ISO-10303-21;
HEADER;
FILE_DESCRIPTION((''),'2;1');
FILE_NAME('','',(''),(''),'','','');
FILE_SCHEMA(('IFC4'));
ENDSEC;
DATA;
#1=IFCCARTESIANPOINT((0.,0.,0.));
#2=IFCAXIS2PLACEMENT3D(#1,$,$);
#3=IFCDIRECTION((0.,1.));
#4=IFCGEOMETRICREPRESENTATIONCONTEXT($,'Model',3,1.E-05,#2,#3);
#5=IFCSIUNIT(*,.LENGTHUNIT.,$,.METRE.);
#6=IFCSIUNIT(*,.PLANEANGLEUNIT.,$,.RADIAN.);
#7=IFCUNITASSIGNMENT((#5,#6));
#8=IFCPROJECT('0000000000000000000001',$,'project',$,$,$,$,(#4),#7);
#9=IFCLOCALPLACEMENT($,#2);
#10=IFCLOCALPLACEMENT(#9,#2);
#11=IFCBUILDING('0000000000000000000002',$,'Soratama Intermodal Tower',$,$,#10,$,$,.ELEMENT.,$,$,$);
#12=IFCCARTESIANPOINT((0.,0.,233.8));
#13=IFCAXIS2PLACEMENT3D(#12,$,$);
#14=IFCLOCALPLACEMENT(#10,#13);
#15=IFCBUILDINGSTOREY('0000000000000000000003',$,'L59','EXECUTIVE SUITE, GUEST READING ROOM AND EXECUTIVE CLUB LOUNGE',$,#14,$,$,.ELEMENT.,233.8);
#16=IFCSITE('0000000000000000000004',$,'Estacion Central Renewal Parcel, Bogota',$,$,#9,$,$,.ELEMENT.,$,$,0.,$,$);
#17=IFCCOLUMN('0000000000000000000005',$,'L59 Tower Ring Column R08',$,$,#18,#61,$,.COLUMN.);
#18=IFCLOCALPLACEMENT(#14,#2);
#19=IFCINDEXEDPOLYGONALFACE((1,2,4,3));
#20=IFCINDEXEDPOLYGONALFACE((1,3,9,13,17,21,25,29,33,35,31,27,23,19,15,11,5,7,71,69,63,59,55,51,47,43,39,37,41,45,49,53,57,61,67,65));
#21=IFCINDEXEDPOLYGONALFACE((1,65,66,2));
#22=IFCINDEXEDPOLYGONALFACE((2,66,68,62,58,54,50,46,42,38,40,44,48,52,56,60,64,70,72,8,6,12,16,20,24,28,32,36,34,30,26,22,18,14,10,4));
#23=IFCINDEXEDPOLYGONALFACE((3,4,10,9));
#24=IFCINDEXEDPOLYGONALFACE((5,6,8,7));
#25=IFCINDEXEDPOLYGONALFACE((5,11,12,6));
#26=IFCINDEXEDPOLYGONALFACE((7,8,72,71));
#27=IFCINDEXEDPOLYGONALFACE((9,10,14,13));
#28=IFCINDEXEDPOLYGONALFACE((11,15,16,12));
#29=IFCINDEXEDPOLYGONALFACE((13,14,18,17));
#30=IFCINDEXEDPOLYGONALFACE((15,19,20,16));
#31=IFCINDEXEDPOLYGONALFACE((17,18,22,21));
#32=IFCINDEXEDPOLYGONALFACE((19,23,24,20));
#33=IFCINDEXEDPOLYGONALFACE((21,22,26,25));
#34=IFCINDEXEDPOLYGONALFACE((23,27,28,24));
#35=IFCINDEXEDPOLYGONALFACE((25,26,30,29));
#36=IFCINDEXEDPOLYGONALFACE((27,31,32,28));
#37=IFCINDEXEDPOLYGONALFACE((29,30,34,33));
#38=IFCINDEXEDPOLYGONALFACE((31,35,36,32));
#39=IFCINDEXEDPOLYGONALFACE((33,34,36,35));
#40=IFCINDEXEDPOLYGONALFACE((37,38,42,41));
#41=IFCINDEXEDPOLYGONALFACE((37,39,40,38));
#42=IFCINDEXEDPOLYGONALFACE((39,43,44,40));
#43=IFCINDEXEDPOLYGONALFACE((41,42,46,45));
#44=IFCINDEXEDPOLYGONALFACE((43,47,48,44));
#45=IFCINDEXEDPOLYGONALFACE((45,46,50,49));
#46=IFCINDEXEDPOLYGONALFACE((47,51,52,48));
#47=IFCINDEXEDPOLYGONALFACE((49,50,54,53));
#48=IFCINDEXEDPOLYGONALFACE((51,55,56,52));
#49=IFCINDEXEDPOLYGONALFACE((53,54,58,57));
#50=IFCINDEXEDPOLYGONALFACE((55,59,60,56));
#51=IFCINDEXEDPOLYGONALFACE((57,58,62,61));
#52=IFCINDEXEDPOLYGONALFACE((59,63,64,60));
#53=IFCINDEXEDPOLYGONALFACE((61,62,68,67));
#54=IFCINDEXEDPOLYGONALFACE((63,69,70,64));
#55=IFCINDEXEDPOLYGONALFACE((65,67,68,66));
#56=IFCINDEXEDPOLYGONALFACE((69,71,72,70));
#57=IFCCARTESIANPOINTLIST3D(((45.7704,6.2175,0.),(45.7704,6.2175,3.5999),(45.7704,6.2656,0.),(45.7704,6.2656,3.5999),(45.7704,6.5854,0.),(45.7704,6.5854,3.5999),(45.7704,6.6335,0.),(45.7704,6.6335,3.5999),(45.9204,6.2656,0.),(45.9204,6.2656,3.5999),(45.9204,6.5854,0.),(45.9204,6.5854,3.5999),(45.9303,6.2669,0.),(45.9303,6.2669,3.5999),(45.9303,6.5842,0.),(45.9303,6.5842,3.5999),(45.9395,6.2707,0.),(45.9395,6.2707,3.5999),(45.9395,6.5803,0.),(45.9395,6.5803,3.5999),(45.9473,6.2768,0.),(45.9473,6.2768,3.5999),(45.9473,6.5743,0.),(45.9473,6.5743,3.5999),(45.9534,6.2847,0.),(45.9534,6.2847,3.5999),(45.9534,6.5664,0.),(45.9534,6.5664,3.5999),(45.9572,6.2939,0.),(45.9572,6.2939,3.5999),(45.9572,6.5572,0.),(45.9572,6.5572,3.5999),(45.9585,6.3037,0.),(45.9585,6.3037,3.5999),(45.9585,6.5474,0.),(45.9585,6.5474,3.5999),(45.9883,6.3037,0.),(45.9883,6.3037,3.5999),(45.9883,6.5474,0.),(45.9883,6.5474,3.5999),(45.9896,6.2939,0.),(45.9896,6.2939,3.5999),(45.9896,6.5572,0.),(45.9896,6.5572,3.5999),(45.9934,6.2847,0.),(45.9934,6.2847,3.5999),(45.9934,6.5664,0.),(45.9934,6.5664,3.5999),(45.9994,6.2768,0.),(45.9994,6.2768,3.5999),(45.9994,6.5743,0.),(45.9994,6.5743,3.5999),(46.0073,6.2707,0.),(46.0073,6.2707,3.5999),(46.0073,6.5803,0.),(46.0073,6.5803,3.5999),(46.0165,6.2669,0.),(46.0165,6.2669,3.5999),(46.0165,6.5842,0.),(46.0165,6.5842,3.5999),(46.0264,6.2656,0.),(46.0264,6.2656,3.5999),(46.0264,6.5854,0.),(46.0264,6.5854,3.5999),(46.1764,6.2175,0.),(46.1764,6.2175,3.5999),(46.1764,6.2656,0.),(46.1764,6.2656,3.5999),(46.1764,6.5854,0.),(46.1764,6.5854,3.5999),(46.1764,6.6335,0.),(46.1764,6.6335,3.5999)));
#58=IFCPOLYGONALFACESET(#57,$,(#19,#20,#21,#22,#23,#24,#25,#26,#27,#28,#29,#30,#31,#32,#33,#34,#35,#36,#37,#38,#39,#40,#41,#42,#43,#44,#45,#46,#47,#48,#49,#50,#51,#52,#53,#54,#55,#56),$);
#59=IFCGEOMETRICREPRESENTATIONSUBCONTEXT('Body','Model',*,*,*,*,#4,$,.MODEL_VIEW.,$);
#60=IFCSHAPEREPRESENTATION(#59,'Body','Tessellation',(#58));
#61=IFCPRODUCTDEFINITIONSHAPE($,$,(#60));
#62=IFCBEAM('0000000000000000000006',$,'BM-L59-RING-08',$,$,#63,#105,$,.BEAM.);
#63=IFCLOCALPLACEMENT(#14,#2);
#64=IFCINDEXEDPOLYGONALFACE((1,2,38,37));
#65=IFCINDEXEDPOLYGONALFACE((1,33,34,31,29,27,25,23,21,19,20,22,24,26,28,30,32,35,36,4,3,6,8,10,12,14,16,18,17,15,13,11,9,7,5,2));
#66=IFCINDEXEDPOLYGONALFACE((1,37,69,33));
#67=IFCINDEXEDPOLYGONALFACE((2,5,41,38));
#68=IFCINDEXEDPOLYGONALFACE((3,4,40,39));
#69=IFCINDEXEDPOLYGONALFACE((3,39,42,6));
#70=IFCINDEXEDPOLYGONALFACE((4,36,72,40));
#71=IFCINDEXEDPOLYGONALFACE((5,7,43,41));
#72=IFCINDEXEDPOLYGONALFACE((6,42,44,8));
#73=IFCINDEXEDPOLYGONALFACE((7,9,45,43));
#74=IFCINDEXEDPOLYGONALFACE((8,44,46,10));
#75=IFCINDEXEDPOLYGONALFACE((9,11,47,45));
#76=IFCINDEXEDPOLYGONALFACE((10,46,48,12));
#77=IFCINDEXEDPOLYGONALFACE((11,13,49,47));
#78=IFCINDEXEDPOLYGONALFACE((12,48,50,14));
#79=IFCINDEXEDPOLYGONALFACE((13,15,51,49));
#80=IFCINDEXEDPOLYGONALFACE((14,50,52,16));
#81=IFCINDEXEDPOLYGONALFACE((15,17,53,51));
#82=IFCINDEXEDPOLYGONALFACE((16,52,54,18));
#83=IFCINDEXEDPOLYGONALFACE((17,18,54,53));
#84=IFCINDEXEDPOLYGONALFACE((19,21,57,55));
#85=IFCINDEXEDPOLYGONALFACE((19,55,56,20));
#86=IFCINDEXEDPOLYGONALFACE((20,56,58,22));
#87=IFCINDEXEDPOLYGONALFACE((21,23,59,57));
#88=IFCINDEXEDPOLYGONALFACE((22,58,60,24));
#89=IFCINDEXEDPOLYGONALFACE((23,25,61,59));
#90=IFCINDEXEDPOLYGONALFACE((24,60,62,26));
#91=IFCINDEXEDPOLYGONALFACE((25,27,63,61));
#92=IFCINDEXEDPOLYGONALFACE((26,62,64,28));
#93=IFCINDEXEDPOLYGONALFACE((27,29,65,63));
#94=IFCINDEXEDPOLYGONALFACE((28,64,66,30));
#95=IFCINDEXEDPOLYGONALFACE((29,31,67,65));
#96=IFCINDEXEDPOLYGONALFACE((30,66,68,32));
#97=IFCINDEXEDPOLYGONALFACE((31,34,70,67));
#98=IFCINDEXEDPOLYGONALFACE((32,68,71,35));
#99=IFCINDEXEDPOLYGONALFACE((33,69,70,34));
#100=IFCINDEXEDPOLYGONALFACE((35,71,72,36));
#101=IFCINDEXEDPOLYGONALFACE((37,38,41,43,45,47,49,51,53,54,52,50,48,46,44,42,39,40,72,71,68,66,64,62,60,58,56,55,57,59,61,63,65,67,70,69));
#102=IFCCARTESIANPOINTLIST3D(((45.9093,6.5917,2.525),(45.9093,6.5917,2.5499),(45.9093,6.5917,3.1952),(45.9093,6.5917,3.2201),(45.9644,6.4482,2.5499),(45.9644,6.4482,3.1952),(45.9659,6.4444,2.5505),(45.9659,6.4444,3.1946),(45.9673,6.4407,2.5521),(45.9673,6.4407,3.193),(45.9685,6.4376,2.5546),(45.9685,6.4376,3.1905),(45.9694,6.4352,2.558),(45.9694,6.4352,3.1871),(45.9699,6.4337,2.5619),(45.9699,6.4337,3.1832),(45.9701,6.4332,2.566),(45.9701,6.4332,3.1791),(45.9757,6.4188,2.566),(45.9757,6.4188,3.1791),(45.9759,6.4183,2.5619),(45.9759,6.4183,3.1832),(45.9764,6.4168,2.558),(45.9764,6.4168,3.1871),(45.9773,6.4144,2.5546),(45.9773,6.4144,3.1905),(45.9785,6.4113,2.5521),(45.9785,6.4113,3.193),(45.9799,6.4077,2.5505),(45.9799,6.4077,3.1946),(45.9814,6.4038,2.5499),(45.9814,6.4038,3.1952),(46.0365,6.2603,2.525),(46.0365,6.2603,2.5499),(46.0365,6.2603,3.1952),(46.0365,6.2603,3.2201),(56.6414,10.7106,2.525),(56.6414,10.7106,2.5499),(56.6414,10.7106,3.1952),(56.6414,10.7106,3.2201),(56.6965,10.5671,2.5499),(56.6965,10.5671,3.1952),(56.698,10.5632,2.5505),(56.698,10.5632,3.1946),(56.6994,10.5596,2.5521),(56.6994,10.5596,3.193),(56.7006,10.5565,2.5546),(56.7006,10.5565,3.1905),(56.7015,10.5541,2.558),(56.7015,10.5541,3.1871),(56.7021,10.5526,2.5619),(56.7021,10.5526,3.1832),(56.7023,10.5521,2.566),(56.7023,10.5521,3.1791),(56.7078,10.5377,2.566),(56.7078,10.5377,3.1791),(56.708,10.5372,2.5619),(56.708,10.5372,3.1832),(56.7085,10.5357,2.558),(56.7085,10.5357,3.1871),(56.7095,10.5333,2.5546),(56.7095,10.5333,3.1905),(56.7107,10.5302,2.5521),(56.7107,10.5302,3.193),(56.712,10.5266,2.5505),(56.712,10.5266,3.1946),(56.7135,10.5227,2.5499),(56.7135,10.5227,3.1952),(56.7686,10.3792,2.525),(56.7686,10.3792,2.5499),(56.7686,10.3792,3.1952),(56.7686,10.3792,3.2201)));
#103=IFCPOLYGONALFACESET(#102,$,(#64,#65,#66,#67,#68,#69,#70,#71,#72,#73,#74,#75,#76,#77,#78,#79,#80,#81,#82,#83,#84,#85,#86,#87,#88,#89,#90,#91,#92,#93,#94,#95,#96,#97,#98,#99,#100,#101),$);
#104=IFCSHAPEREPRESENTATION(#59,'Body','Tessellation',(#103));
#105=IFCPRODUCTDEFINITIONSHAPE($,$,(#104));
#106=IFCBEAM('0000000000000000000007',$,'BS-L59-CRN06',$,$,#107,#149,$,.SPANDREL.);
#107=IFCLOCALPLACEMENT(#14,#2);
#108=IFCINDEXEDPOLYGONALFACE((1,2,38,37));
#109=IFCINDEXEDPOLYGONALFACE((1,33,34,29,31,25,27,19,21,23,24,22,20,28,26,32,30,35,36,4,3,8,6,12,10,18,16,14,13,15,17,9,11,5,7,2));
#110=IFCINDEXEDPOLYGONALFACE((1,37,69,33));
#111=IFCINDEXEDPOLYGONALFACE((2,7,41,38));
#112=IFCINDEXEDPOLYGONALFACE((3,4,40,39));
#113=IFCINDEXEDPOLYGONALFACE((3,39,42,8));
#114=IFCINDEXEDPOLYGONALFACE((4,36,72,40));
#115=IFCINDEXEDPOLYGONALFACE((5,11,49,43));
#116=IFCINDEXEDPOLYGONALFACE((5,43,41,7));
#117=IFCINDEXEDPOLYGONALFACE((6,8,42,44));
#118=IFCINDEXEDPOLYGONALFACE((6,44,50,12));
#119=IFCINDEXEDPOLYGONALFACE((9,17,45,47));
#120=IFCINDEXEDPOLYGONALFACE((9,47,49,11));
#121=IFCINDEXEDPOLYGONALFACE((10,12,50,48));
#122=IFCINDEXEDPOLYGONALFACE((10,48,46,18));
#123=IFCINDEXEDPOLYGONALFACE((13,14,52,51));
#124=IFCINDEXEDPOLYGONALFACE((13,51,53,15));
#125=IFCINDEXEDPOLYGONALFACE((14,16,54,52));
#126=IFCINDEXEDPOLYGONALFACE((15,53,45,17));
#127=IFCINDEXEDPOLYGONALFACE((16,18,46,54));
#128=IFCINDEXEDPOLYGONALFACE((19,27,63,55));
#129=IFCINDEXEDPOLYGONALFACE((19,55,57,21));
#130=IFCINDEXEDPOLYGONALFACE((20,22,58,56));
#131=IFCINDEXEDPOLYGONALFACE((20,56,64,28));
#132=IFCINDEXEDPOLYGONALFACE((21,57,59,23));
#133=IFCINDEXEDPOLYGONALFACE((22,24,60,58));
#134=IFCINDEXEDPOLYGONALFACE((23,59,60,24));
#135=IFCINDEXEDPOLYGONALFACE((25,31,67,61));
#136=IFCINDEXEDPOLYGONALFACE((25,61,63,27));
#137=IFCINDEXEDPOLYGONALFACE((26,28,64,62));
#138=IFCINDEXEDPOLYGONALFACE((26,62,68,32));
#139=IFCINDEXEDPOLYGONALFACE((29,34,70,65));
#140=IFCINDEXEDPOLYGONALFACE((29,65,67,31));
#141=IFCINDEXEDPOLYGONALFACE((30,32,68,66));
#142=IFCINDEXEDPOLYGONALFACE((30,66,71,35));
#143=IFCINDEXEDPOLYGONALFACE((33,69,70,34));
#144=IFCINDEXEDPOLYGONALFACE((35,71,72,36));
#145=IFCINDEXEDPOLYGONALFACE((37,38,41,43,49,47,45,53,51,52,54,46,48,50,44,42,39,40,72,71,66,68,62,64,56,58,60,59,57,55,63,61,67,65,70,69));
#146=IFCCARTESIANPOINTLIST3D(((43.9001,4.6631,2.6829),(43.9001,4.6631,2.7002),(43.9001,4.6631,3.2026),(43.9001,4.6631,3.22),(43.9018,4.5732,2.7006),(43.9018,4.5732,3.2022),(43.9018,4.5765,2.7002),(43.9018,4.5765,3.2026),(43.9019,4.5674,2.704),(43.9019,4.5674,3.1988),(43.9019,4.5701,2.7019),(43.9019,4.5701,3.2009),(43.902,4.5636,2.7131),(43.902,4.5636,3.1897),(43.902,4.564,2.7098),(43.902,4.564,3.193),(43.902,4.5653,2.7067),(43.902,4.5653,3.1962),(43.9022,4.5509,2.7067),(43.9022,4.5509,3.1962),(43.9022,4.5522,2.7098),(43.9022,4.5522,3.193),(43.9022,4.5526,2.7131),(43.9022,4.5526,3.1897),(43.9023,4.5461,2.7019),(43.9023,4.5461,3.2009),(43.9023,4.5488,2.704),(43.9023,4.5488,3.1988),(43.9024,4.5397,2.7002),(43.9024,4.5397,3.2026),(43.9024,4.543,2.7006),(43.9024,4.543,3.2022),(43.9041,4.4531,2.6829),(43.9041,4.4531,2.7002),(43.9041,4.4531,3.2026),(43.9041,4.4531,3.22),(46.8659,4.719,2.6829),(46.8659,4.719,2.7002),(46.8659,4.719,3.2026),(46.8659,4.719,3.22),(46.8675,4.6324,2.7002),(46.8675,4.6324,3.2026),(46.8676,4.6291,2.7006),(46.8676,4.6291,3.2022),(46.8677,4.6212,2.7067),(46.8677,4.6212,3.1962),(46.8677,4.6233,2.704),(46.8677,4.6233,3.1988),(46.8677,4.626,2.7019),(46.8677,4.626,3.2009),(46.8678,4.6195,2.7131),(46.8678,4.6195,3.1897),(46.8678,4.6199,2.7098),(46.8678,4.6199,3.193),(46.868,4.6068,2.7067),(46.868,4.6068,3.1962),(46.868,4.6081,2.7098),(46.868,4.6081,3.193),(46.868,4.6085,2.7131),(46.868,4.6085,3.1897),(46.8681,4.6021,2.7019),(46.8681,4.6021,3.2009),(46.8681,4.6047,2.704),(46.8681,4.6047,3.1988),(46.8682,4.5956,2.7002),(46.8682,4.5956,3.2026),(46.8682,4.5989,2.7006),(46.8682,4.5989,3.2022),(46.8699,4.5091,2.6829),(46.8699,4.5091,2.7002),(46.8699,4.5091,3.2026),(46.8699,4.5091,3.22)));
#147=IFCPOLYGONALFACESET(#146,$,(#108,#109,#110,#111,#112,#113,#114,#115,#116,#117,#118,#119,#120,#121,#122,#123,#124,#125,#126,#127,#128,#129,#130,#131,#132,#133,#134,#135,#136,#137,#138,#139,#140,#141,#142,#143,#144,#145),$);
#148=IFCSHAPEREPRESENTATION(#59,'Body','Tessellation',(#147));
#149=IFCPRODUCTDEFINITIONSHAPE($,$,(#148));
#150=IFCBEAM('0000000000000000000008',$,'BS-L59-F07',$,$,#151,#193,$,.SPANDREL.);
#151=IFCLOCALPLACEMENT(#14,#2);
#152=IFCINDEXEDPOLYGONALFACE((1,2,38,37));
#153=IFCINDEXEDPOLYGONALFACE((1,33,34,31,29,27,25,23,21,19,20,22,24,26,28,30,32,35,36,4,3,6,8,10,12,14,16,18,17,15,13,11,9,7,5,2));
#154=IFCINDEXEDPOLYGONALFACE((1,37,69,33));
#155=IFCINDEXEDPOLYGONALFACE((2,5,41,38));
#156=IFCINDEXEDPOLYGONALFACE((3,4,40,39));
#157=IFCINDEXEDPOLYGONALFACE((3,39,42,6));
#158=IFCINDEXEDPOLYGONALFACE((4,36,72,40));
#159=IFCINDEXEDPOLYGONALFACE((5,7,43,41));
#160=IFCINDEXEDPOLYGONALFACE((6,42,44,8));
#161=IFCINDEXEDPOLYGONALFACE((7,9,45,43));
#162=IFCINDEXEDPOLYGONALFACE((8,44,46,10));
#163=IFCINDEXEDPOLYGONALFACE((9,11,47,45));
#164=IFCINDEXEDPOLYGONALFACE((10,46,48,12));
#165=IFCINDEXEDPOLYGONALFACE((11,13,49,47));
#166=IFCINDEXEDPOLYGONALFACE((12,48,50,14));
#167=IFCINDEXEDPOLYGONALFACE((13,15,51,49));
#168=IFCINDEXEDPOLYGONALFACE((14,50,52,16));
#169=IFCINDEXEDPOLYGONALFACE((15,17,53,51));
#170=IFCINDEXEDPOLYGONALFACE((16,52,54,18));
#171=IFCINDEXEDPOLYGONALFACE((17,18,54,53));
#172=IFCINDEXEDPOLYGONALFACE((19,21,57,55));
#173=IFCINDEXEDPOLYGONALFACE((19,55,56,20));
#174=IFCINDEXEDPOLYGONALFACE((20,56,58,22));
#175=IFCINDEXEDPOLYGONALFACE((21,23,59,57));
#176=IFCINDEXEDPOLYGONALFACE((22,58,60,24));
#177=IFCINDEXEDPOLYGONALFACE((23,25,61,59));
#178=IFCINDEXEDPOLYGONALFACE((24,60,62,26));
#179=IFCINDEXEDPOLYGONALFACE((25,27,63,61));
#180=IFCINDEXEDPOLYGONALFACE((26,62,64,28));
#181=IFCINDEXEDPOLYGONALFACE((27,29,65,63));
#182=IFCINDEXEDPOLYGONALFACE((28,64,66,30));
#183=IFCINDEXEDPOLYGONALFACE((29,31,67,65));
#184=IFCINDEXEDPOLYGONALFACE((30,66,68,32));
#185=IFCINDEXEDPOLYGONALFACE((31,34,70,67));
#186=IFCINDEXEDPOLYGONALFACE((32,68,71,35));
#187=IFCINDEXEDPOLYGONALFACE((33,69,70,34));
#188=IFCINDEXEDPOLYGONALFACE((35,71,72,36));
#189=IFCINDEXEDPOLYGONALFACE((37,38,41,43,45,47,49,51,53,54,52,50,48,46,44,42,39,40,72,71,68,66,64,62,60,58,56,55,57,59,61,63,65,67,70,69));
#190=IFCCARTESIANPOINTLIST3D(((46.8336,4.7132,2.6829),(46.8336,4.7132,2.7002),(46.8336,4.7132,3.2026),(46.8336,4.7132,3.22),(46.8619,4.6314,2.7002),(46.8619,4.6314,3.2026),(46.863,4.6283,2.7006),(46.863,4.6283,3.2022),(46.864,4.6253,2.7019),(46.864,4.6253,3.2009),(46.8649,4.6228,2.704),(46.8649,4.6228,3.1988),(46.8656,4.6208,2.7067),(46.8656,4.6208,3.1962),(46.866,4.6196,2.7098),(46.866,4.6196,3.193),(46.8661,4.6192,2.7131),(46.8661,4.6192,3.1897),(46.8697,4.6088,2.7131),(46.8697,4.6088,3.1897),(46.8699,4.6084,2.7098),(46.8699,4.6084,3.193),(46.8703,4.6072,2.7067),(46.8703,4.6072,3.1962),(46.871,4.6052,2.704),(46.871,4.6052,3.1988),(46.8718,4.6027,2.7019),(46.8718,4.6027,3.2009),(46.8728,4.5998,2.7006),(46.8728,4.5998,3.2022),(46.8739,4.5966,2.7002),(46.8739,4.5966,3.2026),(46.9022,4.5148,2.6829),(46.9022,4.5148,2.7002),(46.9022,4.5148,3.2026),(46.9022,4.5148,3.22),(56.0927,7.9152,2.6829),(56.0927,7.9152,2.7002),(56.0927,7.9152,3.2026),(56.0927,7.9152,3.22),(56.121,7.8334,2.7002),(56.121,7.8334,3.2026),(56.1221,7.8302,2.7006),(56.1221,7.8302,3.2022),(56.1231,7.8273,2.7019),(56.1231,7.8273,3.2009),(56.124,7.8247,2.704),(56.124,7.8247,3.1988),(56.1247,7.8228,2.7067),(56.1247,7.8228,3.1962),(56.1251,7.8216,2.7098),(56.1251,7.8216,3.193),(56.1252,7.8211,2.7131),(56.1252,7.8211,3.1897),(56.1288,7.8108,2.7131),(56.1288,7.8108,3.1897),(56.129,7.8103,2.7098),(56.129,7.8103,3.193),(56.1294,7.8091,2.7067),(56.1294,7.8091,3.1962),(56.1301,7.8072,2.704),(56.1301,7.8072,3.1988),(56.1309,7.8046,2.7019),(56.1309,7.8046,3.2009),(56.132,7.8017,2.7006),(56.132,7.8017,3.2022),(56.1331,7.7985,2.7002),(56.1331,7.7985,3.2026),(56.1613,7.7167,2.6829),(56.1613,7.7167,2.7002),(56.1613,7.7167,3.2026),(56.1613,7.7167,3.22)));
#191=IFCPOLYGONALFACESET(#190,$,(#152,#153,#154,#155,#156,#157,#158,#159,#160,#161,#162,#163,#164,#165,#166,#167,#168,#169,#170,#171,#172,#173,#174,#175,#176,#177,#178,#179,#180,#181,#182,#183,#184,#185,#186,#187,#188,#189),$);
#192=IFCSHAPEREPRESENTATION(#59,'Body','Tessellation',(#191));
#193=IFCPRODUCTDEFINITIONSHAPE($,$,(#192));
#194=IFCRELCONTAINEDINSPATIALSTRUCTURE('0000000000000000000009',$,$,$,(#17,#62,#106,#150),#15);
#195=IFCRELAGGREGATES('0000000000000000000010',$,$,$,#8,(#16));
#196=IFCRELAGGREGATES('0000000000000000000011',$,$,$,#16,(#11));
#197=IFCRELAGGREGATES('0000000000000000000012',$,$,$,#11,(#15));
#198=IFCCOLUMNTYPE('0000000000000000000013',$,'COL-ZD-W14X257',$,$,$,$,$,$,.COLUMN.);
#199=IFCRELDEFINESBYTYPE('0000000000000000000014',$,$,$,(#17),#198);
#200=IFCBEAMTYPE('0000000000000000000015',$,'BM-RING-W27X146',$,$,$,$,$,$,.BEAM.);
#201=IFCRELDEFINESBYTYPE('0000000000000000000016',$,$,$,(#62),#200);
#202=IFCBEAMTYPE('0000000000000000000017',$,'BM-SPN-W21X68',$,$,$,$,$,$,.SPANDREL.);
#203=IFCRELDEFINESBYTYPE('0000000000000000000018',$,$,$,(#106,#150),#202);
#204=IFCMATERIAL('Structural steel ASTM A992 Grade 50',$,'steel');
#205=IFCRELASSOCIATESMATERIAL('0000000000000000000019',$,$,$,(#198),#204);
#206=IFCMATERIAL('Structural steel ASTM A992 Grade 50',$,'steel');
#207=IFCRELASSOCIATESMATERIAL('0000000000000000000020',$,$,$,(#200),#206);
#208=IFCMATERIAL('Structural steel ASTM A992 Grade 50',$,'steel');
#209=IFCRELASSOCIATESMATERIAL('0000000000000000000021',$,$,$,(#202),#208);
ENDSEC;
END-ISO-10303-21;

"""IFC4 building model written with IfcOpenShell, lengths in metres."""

from ifc_helpers import new_model, si_unit, direction, frame, origin, origin_2d, place, context, subcontext, project, spatial, i_section, extrude, material, material_profile, profile_set, type_object, element, save


model = new_model("IFC4")

# Units and contexts
model_context = context("Model", 3, precision=1e-05, world=origin(), true_north=direction((0.0, 1.0)))
body_context = subcontext(model_context, "Body", "Model", "MODEL_VIEW")
ifc_project = project(units=[si_unit("LENGTHUNIT", "METRE"), si_unit("PLANEANGLEUNIT", "RADIAN")], contexts=[model_context])

# Site, building, storey
site_placement = place(None, origin())
site = spatial("IfcSite", under=ifc_project, at=site_placement, Name="Estacion Central Renewal Parcel, Bogota", CompositionType="ELEMENT", RefElevation=0.0)
building_placement = place(site_placement, origin())
building = spatial("IfcBuilding", under=site, at=building_placement, Name="Soratama Intermodal Tower", CompositionType="ELEMENT")
storey_placement = place(building_placement, frame((0.0, 0.0, 233.8)))
storey = spatial("IfcBuildingStorey", under=building, at=storey_placement, Name="L59", Description="EXECUTIVE SUITE, GUEST READING ROOM AND EXECUTIVE CLUB LOUNGE", CompositionType="ELEMENT", Elevation=233.8)

# Column
ifc_material_1 = material(Name="Structural steel ASTM A992 Grade 50", Category="steel")
ifc_material_profile_1 = material_profile(ifc_material_1, i_section(OverallWidth=0.406, OverallDepth=0.416, WebThickness=0.0298, FlangeThickness=0.0481, FilletRadius=0.0381, at=origin_2d()), Name="W14X257")
ifc_profile_set_1 = profile_set([ifc_material_profile_1], Name="Structural steel ASTM A992 Grade 50")
column_type = type_object("IfcColumnType", Name="COL-ZD-W14X257", PredefinedType="COLUMN", material=ifc_profile_set_1)
column_placement = place(storey_placement, frame((45.9734, 6.4255, 0.0), z_axis=(0.0, 0.0, 1.0), x_axis=(1.0, 0.0, 0.0)))
element("IfcColumn", 1, at=column_placement, inside=storey, type_object=column_type, Name="L59 Tower Ring Column R08", PredefinedType="COLUMN", context=body_context, shape_type="SweptSolid", body=[
    extrude(i_section(OverallWidth=0.406, OverallDepth=0.416, WebThickness=0.0298, FlangeThickness=0.0481, FilletRadius=0.0381, at=origin_2d()), origin(), (0.0, 0.0, 1.0), 3.5999),
])

# Beams
ifc_material_2 = material(Name="Structural steel ASTM A992 Grade 50", Category="steel")
ifc_material_profile_2 = material_profile(ifc_material_2, i_section(OverallWidth=0.355, OverallDepth=0.6951, WebThickness=0.0154, FlangeThickness=0.0249, FilletRadius=0.0161, at=origin_2d()), Name="W27X146")
ifc_profile_set_2 = profile_set([ifc_material_profile_2], Name="Structural steel ASTM A992 Grade 50")
beam_type_1 = type_object("IfcBeamType", Name="BM-RING-W27X146", PredefinedType="BEAM", material=ifc_profile_set_2)
beam_1_placement = place(storey_placement, frame((45.9729, 6.426, 2.8726), z_axis=(0.933604, 0.358307, 0.0), x_axis=(-0.358307, 0.933604, 0.0)))
element("IfcBeam", 2, at=beam_1_placement, inside=storey, type_object=beam_type_1, Name="BM-L59-RING-08", PredefinedType="BEAM", context=body_context, shape_type="SweptSolid", body=[
    extrude(i_section(OverallWidth=0.355, OverallDepth=0.6951, WebThickness=0.0154, FlangeThickness=0.0249, FilletRadius=0.0161, at=origin_2d()), origin(), (0.0, 0.0, 1.0), 11.4954),
])
ifc_material_3 = material(Name="Structural steel ASTM A992 Grade 50", Category="steel")
ifc_material_profile_3 = material_profile(ifc_material_3, i_section(OverallWidth=0.21, OverallDepth=0.5371, WebThickness=0.011, FlangeThickness=0.0173, FilletRadius=0.0129, at=origin_2d()), Name="W21X68")
ifc_profile_set_3 = profile_set([ifc_material_profile_3], Name="Structural steel ASTM A992 Grade 50")
beam_type_2 = type_object("IfcBeamType", Name="BM-SPN-W21X68", PredefinedType="SPANDREL", material=ifc_profile_set_3)
beam_2_placement = place(storey_placement, frame((43.9021, 4.5581, 2.9514), z_axis=(0.999822, 0.018847, 0.0), x_axis=(-0.018847, 0.999822, 0.0)))
element("IfcBeam", 3, at=beam_2_placement, inside=storey, type_object=beam_type_2, Name="BS-L59-CRN06", PredefinedType="SPANDREL", context=body_context, shape_type="SweptSolid", body=[
    extrude(i_section(OverallWidth=0.21, OverallDepth=0.5371, WebThickness=0.011, FlangeThickness=0.0173, FilletRadius=0.0129, at=origin_2d()), origin(), (0.0, 0.0, 1.0), 2.9663),
])
beam_3_placement = place(storey_placement, frame((46.8679, 4.614, 2.9514), z_axis=(0.945085, 0.326824, 0.0), x_axis=(-0.326824, 0.945085, 0.0)))
element("IfcBeam", 4, at=beam_3_placement, inside=storey, type_object=beam_type_2, Name="BS-L59-F07", PredefinedType="SPANDREL", context=body_context, shape_type="SweptSolid", body=[
    extrude(i_section(OverallWidth=0.21, OverallDepth=0.5371, WebThickness=0.011, FlangeThickness=0.0173, FilletRadius=0.0129, at=origin_2d()), origin(), (0.0, 0.0, 1.0), 9.7971),
])

save(model, "model.ifc")
